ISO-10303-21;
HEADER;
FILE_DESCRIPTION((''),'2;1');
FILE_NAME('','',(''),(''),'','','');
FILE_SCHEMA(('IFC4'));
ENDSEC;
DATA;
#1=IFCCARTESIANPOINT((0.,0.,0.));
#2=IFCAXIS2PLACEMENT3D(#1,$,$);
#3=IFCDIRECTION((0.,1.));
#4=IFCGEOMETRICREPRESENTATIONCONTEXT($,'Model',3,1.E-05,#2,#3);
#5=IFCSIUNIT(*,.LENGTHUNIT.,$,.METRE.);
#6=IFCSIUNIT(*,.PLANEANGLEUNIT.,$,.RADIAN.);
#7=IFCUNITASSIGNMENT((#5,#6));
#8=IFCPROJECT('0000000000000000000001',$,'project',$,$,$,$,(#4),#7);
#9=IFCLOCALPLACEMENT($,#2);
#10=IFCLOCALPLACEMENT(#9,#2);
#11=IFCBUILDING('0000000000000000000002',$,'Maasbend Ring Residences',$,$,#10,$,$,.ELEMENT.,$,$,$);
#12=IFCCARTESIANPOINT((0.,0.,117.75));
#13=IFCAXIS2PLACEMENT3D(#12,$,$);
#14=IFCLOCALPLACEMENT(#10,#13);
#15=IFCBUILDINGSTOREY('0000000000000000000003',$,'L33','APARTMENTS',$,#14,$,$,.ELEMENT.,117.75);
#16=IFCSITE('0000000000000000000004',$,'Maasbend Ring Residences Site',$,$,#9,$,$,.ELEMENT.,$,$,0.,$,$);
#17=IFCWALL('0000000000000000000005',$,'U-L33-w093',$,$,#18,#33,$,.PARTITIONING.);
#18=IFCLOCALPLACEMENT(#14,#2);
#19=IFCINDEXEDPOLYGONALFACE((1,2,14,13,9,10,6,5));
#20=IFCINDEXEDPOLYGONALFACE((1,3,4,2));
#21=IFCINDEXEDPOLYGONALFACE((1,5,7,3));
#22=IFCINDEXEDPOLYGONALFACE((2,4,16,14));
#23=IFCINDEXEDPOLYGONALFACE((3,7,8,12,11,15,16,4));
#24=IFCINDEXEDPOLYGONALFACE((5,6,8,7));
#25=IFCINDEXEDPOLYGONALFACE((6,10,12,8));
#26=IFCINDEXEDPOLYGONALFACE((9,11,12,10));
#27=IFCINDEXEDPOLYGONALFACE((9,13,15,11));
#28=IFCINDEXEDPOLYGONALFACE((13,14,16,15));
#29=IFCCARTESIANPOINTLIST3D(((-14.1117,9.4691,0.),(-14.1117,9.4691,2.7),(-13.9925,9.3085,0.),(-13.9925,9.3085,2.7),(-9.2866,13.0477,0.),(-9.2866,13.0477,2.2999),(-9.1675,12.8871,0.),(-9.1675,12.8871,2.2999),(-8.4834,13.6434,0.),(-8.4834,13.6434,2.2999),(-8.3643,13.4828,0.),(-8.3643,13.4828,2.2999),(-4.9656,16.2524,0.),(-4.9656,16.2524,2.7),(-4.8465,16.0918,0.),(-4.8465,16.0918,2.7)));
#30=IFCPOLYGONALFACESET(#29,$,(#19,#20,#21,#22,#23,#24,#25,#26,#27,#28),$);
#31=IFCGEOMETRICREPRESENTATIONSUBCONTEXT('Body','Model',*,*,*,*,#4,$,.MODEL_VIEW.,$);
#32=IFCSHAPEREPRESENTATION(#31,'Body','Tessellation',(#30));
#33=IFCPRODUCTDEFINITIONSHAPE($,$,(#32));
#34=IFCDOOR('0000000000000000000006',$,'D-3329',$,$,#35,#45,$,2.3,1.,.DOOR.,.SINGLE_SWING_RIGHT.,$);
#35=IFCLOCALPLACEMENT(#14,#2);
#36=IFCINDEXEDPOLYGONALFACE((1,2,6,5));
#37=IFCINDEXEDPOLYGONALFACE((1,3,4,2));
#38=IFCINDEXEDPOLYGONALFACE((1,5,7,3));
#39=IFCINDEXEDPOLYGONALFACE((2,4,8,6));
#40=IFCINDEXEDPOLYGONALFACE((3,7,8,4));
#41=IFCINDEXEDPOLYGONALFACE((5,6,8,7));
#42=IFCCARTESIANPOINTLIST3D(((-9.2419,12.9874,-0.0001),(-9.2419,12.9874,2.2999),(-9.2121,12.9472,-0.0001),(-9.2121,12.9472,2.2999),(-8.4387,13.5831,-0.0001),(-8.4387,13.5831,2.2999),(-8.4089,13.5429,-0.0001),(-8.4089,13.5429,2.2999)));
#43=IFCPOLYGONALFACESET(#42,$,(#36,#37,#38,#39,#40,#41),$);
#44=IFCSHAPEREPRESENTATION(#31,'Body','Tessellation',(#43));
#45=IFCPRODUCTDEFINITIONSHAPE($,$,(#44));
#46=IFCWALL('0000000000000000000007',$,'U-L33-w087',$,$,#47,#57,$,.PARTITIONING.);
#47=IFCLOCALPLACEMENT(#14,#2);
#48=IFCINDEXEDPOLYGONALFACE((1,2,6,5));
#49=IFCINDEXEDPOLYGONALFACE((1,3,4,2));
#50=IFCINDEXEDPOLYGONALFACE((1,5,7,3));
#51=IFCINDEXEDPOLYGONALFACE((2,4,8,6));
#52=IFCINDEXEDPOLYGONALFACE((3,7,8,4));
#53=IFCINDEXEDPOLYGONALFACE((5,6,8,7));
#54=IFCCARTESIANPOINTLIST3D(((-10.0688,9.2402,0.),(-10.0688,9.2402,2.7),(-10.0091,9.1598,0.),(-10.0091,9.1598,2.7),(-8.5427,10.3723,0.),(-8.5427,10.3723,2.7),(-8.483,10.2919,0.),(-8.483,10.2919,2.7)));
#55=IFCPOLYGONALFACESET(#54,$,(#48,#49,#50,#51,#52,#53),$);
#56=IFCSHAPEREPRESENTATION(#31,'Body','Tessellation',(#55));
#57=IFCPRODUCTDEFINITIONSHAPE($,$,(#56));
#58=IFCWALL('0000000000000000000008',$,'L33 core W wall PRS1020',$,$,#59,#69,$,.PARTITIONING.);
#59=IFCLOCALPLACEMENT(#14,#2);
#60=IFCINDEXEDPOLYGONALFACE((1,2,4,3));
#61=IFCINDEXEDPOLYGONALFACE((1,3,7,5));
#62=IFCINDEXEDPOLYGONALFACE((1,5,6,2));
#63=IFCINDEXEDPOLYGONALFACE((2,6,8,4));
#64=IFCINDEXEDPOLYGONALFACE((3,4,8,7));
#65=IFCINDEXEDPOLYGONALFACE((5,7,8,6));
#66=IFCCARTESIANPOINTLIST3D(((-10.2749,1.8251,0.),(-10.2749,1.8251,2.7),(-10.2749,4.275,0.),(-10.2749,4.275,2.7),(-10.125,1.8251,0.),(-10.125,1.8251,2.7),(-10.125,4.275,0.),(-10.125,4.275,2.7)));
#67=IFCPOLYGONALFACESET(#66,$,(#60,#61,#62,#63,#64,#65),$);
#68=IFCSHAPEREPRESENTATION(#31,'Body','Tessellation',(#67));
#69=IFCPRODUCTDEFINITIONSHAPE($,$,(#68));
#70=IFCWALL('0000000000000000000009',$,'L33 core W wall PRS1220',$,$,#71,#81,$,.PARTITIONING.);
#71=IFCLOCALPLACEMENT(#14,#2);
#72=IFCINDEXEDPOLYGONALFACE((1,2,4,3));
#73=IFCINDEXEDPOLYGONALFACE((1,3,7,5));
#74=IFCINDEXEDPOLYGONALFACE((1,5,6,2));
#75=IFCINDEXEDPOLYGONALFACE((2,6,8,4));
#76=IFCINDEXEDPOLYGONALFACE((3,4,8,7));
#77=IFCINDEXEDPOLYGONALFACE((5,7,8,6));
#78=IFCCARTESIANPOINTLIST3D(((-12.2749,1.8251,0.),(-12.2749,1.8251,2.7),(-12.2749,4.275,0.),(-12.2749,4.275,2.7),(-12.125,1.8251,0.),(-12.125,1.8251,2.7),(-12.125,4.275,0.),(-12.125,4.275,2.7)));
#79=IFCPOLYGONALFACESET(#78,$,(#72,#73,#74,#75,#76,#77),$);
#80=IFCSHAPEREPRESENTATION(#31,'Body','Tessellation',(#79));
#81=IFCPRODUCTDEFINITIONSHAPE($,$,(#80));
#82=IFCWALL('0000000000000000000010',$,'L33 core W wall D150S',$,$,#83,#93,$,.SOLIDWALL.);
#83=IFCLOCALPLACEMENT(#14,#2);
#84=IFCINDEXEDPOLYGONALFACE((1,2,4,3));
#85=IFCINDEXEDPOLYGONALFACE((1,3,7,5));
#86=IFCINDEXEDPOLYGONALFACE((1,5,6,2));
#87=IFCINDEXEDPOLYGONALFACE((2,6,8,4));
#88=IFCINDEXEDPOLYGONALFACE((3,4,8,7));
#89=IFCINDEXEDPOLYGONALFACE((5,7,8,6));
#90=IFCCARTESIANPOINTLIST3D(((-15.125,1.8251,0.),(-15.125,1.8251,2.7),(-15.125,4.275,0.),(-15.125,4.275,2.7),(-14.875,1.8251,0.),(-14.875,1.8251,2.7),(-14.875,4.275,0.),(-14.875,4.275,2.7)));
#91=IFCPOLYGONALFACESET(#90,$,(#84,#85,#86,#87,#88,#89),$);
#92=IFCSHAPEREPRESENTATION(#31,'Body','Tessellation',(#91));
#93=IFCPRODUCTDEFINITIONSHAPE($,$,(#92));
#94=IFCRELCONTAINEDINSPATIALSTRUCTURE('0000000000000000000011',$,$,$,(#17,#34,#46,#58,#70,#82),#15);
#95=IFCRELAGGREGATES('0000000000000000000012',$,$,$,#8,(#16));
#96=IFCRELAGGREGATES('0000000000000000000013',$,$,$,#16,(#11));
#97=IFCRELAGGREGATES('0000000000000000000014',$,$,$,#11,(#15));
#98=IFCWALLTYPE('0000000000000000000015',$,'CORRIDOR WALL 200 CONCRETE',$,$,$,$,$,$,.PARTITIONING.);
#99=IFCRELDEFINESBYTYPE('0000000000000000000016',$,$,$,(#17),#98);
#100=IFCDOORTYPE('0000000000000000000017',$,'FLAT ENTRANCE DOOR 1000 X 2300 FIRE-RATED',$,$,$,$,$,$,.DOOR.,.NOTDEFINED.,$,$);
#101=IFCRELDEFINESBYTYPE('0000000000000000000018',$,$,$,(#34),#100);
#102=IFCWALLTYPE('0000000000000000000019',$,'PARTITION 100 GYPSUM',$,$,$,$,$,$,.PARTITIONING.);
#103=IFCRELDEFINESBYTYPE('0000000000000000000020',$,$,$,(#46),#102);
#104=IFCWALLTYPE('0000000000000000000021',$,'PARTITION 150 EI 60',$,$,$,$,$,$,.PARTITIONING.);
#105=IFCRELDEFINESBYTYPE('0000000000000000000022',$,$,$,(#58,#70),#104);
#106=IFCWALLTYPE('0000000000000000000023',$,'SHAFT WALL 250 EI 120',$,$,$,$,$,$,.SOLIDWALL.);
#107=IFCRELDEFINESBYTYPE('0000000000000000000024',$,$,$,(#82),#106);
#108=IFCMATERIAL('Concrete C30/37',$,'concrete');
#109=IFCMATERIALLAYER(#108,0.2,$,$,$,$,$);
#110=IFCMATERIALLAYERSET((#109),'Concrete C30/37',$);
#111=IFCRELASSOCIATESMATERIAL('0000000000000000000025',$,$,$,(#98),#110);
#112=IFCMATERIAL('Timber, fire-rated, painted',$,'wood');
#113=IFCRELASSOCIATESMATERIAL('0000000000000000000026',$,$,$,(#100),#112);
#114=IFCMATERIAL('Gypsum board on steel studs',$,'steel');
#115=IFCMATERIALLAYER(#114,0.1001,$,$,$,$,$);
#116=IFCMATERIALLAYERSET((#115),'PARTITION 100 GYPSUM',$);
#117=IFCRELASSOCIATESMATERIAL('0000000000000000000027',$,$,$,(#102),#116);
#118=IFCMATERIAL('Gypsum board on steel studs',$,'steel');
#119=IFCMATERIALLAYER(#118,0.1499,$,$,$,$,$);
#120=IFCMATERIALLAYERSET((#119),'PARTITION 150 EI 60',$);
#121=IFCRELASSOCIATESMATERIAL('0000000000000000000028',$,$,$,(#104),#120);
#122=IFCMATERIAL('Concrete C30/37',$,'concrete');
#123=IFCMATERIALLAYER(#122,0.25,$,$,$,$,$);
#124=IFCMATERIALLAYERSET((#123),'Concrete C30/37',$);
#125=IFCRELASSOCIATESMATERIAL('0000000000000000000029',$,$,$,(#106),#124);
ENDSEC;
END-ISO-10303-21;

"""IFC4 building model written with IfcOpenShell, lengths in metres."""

from ifc_helpers import new_model, si_unit, direction, frame, frame_2d, origin, place, context, subcontext, project, spatial, rectangle, extrude, material, layer, layer_set, type_object, element, fill, save


model = new_model("IFC4")

# Units and contexts
model_context = context("Model", 3, precision=1e-05, world=origin(), true_north=direction((0.0, 1.0)))
body_context = subcontext(model_context, "Body", "Model", "MODEL_VIEW")
ifc_project = project(units=[si_unit("LENGTHUNIT", "METRE"), si_unit("PLANEANGLEUNIT", "RADIAN")], contexts=[model_context])

# Site, building, storey
site_placement = place(None, origin())
site = spatial("IfcSite", under=ifc_project, at=site_placement, Name="Maasbend Ring Residences Site", CompositionType="ELEMENT", RefElevation=0.0)
building_placement = place(site_placement, origin())
building = spatial("IfcBuilding", under=site, at=building_placement, Name="Maasbend Ring Residences", CompositionType="ELEMENT")
storey_placement = place(building_placement, frame((0.0, 0.0, 117.75)))
storey = spatial("IfcBuildingStorey", under=building, at=storey_placement, Name="L33", Description="APARTMENTS", CompositionType="ELEMENT", Elevation=117.75)

# Wall, opening, door
ifc_material_1 = material(Name="Concrete C30/37", Category="concrete")
ifc_layer_1 = layer(ifc_material_1, 0.2)
ifc_layer_set_1 = layer_set([ifc_layer_1], Name="Concrete C30/37")
wall_type_1 = type_object("IfcWallType", Name="CORRIDOR WALL 200 CONCRETE", PredefinedType="PARTITIONING", material=ifc_layer_set_1)
wall_1_placement = place(storey_placement, frame((-14.052, 9.3889, 0.0), z_axis=(0.0, 0.0, 1.0), x_axis=(0.803205, 0.595703, 0.0)))
wall_1 = element("IfcWall", 1, at=wall_1_placement, inside=storey, type_object=wall_type_1, Name="U-L33-w093", PredefinedType="PARTITIONING", context=body_context, shape_type="SweptSolid", body=[
    extrude(rectangle(XDim=11.387, YDim=0.2, at=frame_2d((5.6934, 0.0))), origin(), (0.0, 0.0, 1.0), 2.7),
])
opening_1_placement = place(wall_1_placement, frame((6.0071, 0.0, 0.0)))
opening_1 = element("IfcOpeningElement", 2, at=opening_1_placement, cuts=wall_1, PredefinedType="OPENING", context=body_context, shape_type="SweptSolid", body=[
    extrude(rectangle(XDim=1.0, YDim=2.3, at=frame_2d((0.5, 1.1499))), frame((0.0, 0.1099, 0.0), z_axis=(0.0, -1.0, 0.0), x_axis=(1.0, 0.0, 0.0)), (0.0, 0.0, 1.0), 0.22),
])
ifc_material_2 = material(Name="Timber, fire-rated, painted", Category="wood")
door_type_1 = type_object("IfcDoorType", Name="FLAT ENTRANCE DOOR 1000 X 2300 FIRE-RATED", OperationType="NOTDEFINED", PredefinedType="DOOR", material=ifc_material_2)
door_1_placement = place(opening_1_placement, origin())
door_1 = element("IfcDoor", 3, at=door_1_placement, inside=storey, type_object=door_type_1, Name="D-3329", OperationType="SINGLE_SWING_RIGHT", OverallHeight=2.3, OverallWidth=1.0, PredefinedType="DOOR", context=body_context, shape_type="SweptSolid", body=[
    extrude(rectangle(XDim=1.0, YDim=2.3, at=frame_2d((0.5, 1.1499))), frame((0.0, 0.0249, 0.0), z_axis=(0.0, -1.0, 0.0), x_axis=(1.0, 0.0, 0.0)), (0.0, 0.0, 1.0), 0.05),
])
fill(opening_1, door_1)

# Walls
ifc_material_3 = material(Name="Gypsum board on steel studs", Category="steel")
ifc_layer_2 = layer(ifc_material_3, 0.1001)
ifc_layer_set_2 = layer_set([ifc_layer_2], Name="PARTITION 100 GYPSUM")
wall_type_2 = type_object("IfcWallType", Name="PARTITION 100 GYPSUM", PredefinedType="PARTITIONING", material=ifc_layer_set_2)
wall_2_placement = place(storey_placement, frame((-10.0391, 9.2, 0.0), z_axis=(0.0, 0.0, 1.0), x_axis=(0.80315, 0.595777, 0.0)))
element("IfcWall", 4, at=wall_2_placement, inside=storey, type_object=wall_type_2, Name="U-L33-w087", PredefinedType="PARTITIONING", context=body_context, shape_type="SweptSolid", body=[
    extrude(rectangle(XDim=1.9001, YDim=0.1001, at=frame_2d((0.9502, 0.0))), origin(), (0.0, 0.0, 1.0), 2.7),
])
ifc_material_4 = material(Name="Gypsum board on steel studs", Category="steel")
ifc_layer_3 = layer(ifc_material_4, 0.1499)
ifc_layer_set_3 = layer_set([ifc_layer_3], Name="PARTITION 150 EI 60")
wall_type_3 = type_object("IfcWallType", Name="PARTITION 150 EI 60", PredefinedType="PARTITIONING", material=ifc_layer_set_3)
for number, where, z_axis, x_axis, name in (
    (5, (-10.2, 1.825, 0.0), (0.0, 0.0, 1.0), (0.0, 1.0, 0.0), "L33 core W wall PRS1020"),
    (6, (-12.2, 1.825, 0.0), (0.0, 0.0, 1.0), (0.0, 1.0, 0.0), "L33 core W wall PRS1220"),
):
    element("IfcWall", number, at=place(storey_placement, frame(where, z_axis=z_axis, x_axis=x_axis)), inside=storey, type_object=wall_type_3, Name=name, PredefinedType="PARTITIONING", context=body_context, shape_type="SweptSolid", body=[
        extrude(rectangle(XDim=2.45, YDim=0.1499, at=frame_2d((1.2251, 0.0))), origin(), (0.0, 0.0, 1.0), 2.7),
    ])
ifc_material_5 = material(Name="Concrete C30/37", Category="concrete")
ifc_layer_4 = layer(ifc_material_5, 0.25)
ifc_layer_set_4 = layer_set([ifc_layer_4], Name="Concrete C30/37")
wall_type_4 = type_object("IfcWallType", Name="SHAFT WALL 250 EI 120", PredefinedType="SOLIDWALL", material=ifc_layer_set_4)
wall_3_placement = place(storey_placement, frame((-15.0, 1.825, 0.0), z_axis=(0.0, 0.0, 1.0), x_axis=(0.0, 1.0, 0.0)))
element("IfcWall", 7, at=wall_3_placement, inside=storey, type_object=wall_type_4, Name="L33 core W wall D150S", PredefinedType="SOLIDWALL", context=body_context, shape_type="SweptSolid", body=[
    extrude(rectangle(XDim=2.45, YDim=0.25, at=frame_2d((1.2251, 0.0))), origin(), (0.0, 0.0, 1.0), 2.7),
])

save(model, "model.ifc")
